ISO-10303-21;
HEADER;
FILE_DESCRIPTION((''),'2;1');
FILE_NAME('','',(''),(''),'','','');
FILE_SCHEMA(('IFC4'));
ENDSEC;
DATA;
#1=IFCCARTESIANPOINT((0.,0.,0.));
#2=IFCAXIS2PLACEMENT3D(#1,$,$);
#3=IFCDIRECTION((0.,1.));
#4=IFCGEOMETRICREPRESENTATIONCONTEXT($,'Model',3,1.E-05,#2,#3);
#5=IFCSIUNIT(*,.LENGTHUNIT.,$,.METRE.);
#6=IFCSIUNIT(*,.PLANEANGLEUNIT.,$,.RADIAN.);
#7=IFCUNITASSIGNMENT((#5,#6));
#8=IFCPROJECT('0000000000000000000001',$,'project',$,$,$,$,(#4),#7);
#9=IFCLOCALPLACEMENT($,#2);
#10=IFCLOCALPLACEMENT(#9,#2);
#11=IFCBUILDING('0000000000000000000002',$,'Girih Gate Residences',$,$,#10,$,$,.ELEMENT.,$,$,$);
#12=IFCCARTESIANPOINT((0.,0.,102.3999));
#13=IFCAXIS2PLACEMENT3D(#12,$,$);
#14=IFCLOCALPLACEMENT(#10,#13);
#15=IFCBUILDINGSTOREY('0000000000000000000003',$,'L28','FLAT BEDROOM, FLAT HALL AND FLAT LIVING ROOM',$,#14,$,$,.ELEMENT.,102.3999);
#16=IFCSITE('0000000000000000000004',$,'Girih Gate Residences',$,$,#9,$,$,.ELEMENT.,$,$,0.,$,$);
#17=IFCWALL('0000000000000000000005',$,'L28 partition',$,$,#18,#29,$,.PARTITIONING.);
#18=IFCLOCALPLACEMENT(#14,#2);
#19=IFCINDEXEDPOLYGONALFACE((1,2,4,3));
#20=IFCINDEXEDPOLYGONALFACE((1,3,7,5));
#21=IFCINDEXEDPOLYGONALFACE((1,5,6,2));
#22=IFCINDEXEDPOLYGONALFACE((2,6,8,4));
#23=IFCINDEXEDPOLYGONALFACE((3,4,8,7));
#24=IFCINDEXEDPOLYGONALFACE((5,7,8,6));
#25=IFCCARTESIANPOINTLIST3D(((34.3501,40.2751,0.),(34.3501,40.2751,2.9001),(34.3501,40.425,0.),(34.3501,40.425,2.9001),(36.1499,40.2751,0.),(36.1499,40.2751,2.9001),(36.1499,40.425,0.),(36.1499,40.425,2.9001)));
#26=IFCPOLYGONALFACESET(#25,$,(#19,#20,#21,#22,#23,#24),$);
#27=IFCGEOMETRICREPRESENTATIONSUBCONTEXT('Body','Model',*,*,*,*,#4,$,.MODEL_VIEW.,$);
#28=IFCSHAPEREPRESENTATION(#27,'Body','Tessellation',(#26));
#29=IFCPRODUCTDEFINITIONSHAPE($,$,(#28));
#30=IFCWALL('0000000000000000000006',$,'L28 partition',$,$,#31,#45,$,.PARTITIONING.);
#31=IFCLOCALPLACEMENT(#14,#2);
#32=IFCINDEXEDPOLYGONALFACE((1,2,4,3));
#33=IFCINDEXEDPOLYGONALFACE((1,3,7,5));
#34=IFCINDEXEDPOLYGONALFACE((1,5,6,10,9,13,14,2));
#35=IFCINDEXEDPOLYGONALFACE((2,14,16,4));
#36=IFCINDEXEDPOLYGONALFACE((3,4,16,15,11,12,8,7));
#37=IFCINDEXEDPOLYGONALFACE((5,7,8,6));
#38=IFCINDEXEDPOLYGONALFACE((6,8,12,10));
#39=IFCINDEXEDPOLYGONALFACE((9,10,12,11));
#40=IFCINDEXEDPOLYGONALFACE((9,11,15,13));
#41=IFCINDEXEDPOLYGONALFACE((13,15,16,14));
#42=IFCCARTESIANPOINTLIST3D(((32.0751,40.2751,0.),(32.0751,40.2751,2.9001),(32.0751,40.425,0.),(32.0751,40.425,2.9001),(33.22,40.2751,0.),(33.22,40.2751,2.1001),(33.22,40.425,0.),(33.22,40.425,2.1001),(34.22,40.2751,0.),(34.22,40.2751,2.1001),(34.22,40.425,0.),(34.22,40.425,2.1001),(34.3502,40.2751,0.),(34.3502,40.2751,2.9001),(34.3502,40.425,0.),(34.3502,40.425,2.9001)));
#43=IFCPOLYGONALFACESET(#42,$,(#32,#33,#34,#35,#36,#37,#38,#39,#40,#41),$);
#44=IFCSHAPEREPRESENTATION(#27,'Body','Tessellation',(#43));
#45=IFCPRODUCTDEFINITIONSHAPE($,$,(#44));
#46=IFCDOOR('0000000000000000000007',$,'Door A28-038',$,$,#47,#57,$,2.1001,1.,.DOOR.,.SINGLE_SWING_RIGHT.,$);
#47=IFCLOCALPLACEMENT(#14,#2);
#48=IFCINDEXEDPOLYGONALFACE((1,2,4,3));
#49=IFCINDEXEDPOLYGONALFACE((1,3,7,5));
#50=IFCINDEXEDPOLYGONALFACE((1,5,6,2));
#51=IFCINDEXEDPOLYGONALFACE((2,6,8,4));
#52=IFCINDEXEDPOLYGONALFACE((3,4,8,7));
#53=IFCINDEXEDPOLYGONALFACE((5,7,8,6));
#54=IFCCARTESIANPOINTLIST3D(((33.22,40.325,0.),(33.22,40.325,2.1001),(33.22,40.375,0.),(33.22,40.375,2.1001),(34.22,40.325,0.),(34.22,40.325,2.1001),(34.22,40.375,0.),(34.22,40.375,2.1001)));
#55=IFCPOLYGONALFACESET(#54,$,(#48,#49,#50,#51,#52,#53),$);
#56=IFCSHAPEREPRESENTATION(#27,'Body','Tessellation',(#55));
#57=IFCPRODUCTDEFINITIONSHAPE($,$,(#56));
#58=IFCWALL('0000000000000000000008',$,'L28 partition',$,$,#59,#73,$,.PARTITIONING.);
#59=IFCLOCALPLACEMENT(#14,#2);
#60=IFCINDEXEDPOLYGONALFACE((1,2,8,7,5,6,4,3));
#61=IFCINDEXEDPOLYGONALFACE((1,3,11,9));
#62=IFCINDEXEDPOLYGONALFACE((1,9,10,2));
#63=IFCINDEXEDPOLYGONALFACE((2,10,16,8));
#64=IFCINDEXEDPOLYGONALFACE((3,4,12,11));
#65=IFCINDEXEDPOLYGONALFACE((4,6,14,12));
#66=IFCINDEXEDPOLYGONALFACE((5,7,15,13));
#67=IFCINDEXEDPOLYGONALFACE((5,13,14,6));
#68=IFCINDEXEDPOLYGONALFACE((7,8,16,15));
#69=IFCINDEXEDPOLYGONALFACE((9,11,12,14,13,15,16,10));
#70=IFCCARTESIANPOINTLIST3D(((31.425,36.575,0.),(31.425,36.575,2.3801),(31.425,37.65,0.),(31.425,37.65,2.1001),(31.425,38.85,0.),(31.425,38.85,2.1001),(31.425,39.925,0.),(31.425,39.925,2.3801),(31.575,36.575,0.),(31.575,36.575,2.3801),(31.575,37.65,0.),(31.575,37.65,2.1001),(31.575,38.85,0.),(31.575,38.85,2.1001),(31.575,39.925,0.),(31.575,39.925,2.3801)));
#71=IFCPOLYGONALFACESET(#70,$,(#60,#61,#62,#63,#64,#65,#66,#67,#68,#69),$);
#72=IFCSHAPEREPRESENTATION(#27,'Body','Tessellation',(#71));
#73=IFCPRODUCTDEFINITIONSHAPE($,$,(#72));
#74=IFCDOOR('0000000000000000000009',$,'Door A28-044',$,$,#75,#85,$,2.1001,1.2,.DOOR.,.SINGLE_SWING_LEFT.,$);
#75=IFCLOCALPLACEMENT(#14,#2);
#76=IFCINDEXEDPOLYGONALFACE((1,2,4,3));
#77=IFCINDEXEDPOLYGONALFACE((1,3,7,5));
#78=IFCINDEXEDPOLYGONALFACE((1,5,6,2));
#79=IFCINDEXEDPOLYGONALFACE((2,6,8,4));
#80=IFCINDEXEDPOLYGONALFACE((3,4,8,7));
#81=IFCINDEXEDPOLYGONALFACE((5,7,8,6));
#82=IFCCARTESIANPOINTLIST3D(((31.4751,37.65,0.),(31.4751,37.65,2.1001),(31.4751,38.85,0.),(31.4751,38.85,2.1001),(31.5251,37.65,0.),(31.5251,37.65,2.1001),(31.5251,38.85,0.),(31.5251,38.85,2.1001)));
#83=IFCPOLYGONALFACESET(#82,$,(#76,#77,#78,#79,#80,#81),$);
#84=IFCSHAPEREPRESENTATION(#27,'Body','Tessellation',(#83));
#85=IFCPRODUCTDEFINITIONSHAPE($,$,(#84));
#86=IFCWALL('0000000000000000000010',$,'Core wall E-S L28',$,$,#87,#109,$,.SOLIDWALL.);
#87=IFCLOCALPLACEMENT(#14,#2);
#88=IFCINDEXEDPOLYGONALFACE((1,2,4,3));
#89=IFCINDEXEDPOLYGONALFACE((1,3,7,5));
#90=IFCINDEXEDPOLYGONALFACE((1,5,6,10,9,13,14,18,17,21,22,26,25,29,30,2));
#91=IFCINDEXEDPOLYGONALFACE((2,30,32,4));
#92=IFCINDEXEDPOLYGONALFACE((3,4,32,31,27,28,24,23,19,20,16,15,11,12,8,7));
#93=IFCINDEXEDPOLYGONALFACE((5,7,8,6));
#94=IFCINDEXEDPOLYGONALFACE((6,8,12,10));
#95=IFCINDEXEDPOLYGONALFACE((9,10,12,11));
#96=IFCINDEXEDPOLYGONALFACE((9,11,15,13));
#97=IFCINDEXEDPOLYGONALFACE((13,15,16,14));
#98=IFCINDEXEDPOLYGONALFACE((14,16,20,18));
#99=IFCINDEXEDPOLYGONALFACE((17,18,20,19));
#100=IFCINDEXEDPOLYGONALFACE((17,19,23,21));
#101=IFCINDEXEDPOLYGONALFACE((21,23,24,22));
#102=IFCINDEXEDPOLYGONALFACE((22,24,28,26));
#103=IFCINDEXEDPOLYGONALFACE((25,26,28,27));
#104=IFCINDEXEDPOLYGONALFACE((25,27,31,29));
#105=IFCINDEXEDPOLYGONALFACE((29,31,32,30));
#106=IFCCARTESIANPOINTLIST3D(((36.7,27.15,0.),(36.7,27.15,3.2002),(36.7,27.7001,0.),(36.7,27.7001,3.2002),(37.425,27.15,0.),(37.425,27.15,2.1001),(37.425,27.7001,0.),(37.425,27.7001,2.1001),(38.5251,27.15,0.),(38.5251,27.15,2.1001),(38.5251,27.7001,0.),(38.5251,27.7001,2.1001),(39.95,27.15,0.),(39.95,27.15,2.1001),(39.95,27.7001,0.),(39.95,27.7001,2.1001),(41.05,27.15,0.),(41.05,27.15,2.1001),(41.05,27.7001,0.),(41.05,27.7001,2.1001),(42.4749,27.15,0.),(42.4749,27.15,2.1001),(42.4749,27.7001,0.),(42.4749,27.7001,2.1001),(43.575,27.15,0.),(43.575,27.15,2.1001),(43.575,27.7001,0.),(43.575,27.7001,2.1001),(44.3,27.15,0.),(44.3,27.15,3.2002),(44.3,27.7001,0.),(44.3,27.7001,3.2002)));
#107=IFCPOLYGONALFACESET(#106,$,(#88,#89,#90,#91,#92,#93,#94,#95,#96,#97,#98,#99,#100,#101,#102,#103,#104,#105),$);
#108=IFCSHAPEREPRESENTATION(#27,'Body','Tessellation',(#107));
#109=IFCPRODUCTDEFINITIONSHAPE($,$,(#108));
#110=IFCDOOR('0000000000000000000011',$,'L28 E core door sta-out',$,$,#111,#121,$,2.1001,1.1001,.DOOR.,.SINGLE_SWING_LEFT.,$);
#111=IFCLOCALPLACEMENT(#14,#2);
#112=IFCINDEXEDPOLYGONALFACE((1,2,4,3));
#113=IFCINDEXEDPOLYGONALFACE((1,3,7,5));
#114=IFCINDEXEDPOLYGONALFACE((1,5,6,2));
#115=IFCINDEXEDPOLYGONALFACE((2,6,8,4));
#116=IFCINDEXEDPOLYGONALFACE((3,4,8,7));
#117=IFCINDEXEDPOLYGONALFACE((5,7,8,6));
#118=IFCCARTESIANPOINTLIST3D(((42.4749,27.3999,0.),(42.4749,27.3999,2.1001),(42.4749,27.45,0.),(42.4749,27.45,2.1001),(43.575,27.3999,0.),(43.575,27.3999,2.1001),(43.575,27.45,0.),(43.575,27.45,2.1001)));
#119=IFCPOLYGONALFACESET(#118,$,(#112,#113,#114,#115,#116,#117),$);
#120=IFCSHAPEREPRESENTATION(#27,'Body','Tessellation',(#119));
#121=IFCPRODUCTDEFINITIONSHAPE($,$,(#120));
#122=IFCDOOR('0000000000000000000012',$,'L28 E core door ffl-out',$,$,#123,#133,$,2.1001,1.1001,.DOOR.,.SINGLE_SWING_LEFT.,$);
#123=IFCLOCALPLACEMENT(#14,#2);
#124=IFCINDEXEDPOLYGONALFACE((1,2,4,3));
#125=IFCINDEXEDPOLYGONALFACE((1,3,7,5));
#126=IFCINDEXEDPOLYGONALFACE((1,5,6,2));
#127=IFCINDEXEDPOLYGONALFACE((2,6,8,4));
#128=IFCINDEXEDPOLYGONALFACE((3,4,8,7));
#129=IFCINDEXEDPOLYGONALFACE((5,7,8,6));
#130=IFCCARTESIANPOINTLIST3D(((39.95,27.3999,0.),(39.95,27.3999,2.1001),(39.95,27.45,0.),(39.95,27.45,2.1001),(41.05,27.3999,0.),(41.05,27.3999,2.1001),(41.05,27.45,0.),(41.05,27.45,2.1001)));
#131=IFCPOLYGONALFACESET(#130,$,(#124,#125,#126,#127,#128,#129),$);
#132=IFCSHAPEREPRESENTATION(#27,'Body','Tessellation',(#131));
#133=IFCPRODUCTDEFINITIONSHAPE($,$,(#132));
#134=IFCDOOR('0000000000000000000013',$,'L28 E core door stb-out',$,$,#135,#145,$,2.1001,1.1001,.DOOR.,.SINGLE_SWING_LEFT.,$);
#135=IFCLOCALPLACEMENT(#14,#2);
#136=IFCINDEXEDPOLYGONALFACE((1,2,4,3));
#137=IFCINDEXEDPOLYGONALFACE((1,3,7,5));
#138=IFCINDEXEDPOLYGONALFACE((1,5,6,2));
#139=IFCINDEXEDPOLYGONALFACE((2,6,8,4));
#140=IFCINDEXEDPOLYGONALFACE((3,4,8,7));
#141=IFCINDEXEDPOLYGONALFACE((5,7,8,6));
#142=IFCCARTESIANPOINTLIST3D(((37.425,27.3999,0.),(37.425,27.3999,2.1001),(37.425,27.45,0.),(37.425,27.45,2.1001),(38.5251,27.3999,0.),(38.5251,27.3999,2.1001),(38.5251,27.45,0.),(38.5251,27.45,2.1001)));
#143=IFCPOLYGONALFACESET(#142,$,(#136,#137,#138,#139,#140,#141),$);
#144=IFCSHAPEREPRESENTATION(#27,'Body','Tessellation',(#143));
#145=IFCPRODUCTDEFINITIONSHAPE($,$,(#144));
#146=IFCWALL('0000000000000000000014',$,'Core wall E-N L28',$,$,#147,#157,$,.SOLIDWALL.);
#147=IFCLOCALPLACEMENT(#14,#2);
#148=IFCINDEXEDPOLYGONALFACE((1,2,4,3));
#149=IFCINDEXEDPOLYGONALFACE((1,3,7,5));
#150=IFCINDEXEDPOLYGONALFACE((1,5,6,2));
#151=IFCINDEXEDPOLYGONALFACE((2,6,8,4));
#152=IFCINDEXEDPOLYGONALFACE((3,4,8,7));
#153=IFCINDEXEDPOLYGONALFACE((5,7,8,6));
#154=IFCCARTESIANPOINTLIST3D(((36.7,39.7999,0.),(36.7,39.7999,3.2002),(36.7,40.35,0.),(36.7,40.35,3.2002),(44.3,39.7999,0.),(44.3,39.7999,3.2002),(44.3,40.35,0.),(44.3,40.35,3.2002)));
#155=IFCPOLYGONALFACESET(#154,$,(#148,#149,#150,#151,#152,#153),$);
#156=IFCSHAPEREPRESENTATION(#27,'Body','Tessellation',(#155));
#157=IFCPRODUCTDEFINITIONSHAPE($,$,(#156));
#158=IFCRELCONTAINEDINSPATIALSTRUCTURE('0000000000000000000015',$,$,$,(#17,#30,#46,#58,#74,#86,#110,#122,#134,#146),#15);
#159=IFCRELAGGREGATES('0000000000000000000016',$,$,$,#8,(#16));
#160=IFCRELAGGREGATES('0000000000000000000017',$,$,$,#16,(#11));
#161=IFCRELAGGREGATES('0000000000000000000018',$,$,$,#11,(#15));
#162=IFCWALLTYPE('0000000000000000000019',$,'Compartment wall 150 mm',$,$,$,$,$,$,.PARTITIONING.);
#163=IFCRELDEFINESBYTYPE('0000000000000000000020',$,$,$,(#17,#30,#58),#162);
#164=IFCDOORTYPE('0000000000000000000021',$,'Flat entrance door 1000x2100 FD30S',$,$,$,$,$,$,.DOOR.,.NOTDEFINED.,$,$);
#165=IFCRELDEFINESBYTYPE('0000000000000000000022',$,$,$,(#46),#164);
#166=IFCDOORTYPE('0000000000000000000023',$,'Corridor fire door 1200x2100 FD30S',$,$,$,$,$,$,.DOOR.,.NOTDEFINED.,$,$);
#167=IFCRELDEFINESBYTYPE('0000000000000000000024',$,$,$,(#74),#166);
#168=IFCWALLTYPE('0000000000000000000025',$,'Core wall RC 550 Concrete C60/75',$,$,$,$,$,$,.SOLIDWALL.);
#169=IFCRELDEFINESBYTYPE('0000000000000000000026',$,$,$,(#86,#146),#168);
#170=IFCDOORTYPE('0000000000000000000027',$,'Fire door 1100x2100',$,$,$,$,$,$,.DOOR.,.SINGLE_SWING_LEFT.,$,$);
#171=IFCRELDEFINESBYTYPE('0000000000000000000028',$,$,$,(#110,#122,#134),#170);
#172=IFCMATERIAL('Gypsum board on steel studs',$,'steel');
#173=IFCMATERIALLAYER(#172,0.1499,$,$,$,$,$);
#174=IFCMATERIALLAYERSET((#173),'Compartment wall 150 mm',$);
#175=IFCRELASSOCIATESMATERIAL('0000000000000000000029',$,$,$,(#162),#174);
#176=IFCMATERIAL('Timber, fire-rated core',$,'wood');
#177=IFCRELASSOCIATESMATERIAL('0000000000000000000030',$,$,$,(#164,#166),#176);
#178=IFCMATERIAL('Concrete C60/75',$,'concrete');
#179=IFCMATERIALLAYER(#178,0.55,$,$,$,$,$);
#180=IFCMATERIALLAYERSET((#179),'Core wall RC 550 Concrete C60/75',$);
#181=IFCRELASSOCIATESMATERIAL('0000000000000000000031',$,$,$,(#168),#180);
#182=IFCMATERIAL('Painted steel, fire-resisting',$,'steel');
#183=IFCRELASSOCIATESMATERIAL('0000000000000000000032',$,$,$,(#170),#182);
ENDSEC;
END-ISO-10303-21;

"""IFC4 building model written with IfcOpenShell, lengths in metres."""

from ifc_helpers import new_model, si_unit, direction, frame, frame_2d, origin, place, context, subcontext, project, spatial, rectangle, extrude, material, layer, layer_set, type_object, element, fill, save


model = new_model("IFC4")

# Units and contexts
model_context = context("Model", 3, precision=1e-05, world=origin(), true_north=direction((0.0, 1.0)))
body_context = subcontext(model_context, "Body", "Model", "MODEL_VIEW")
ifc_project = project(units=[si_unit("LENGTHUNIT", "METRE"), si_unit("PLANEANGLEUNIT", "RADIAN")], contexts=[model_context])

# Site, building, storey
site_placement = place(None, origin())
site = spatial("IfcSite", under=ifc_project, at=site_placement, Name="Girih Gate Residences", CompositionType="ELEMENT", RefElevation=0.0)
building_placement = place(site_placement, origin())
building = spatial("IfcBuilding", under=site, at=building_placement, Name="Girih Gate Residences", CompositionType="ELEMENT")
storey_placement = place(building_placement, frame((0.0, 0.0, 102.3999)))
storey = spatial("IfcBuildingStorey", under=building, at=storey_placement, Name="L28", Description="FLAT BEDROOM, FLAT HALL AND FLAT LIVING ROOM", CompositionType="ELEMENT", Elevation=102.3999)

# Wall
ifc_material_1 = material(Name="Gypsum board on steel studs", Category="steel")
ifc_layer_1 = layer(ifc_material_1, 0.1499)
ifc_layer_set_1 = layer_set([ifc_layer_1], Name="Compartment wall 150 mm")
wall_type_1 = type_object("IfcWallType", Name="Compartment wall 150 mm", PredefinedType="PARTITIONING", material=ifc_layer_set_1)
wall_1_placement = place(storey_placement, frame((34.3501, 40.3501, 0.0), z_axis=(0.0, 0.0, 1.0), x_axis=(1.0, 0.0, 0.0)))
element("IfcWall", 1, at=wall_1_placement, inside=storey, type_object=wall_type_1, Name="L28 partition", PredefinedType="PARTITIONING", context=body_context, shape_type="SweptSolid", body=[
    extrude(rectangle(XDim=1.7998, YDim=0.1499, at=frame_2d((0.8999, 0.0))), origin(), (0.0, 0.0, 1.0), 2.9001),
])

# Walls, openings, doors
wall_2_placement = place(storey_placement, frame((32.075, 40.3501, 0.0), z_axis=(0.0, 0.0, 1.0), x_axis=(1.0, 0.0, 0.0)))
wall_2 = element("IfcWall", 2, at=wall_2_placement, inside=storey, type_object=wall_type_1, Name="L28 partition", PredefinedType="PARTITIONING", context=body_context, shape_type="SweptSolid", body=[
    extrude(rectangle(XDim=2.2751, YDim=0.1499, at=frame_2d((1.1377, 0.0))), origin(), (0.0, 0.0, 1.0), 2.9001),
])
opening_1_placement = place(wall_2_placement, frame((1.145, 0.0, 0.0)))
opening_1 = element("IfcOpeningElement", 3, at=opening_1_placement, cuts=wall_2, PredefinedType="OPENING", context=body_context, shape_type="SweptSolid", body=[
    extrude(rectangle(XDim=1.0, YDim=2.1001, at=frame_2d((0.5, 1.05))), frame((0.0, 0.085, 0.0), z_axis=(0.0, -1.0, 0.0), x_axis=(1.0, 0.0, 0.0)), (0.0, 0.0, 1.0), 0.1699),
])
ifc_material_2 = material(Name="Timber, fire-rated core", Category="wood")
door_type_1 = type_object("IfcDoorType", Name="Flat entrance door 1000x2100 FD30S", OperationType="NOTDEFINED", PredefinedType="DOOR", material=ifc_material_2)
door_1_placement = place(opening_1_placement, origin())
door_1 = element("IfcDoor", 4, at=door_1_placement, inside=storey, type_object=door_type_1, Name="Door A28-038", OperationType="SINGLE_SWING_RIGHT", OverallHeight=2.1001, OverallWidth=1.0, PredefinedType="DOOR", context=body_context, shape_type="SweptSolid", body=[
    extrude(rectangle(XDim=1.0, YDim=2.1001, at=frame_2d((0.5, 1.05))), frame((0.0, 0.0249, 0.0), z_axis=(0.0, -1.0, 0.0), x_axis=(1.0, 0.0, 0.0)), (0.0, 0.0, 1.0), 0.05),
])
fill(opening_1, door_1)
wall_3_placement = place(storey_placement, frame((31.5, 36.575, 0.0), z_axis=(0.0, 0.0, 1.0), x_axis=(0.0, 1.0, 0.0)))
wall_3 = element("IfcWall", 5, at=wall_3_placement, inside=storey, type_object=wall_type_1, Name="L28 partition", PredefinedType="PARTITIONING", context=body_context, shape_type="SweptSolid", body=[
    extrude(rectangle(XDim=3.3501, YDim=0.1499, at=frame_2d((1.675, 0.0))), origin(), (0.0, 0.0, 1.0), 2.3801),
])
opening_2_placement = place(wall_3_placement, frame((1.075, 0.0, 0.0)))
opening_2 = element("IfcOpeningElement", 6, at=opening_2_placement, cuts=wall_3, PredefinedType="OPENING", context=body_context, shape_type="SweptSolid", body=[
    extrude(rectangle(XDim=1.2, YDim=2.1001, at=frame_2d((0.6001, 1.05))), frame((0.0, 0.085, 0.0), z_axis=(0.0, -1.0, 0.0), x_axis=(1.0, 0.0, 0.0)), (0.0, 0.0, 1.0), 0.1699),
])
door_type_2 = type_object("IfcDoorType", Name="Corridor fire door 1200x2100 FD30S", OperationType="NOTDEFINED", PredefinedType="DOOR", material=ifc_material_2)
door_2_placement = place(opening_2_placement, origin())
door_2 = element("IfcDoor", 7, at=door_2_placement, inside=storey, type_object=door_type_2, Name="Door A28-044", OperationType="SINGLE_SWING_LEFT", OverallHeight=2.1001, OverallWidth=1.2, PredefinedType="DOOR", context=body_context, shape_type="SweptSolid", body=[
    extrude(rectangle(XDim=1.2, YDim=2.1001, at=frame_2d((0.6001, 1.05))), frame((0.0, 0.0249, 0.0), z_axis=(0.0, -1.0, 0.0), x_axis=(1.0, 0.0, 0.0)), (0.0, 0.0, 1.0), 0.05),
])
fill(opening_2, door_2)

# Wall, openings, doors
ifc_material_3 = material(Name="Concrete C60/75", Category="concrete")
ifc_layer_2 = layer(ifc_material_3, 0.55)
ifc_layer_set_2 = layer_set([ifc_layer_2], Name="Core wall RC 550 Concrete C60/75")
wall_type_2 = type_object("IfcWallType", Name="Core wall RC 550 Concrete C60/75", PredefinedType="SOLIDWALL", material=ifc_layer_set_2)
wall_4_placement = place(storey_placement, frame((36.7, 27.425, 0.0), z_axis=(0.0, 0.0, 1.0), x_axis=(1.0, 0.0, 0.0)))
wall_4 = element("IfcWall", 8, at=wall_4_placement, inside=storey, type_object=wall_type_2, Name="Core wall E-S L28", PredefinedType="SOLIDWALL", context=body_context, shape_type="SweptSolid", body=[
    extrude(rectangle(XDim=7.6001, YDim=0.55, at=frame_2d((3.8, 0.0))), origin(), (0.0, 0.0, 1.0), 3.2002),
])
opening_3_placement = place(wall_4_placement, frame((5.7749, 0.0, 0.0)))
opening_3 = element("IfcOpeningElement", 9, at=opening_3_placement, cuts=wall_4, PredefinedType="OPENING", context=body_context, shape_type="SweptSolid", body=[
    extrude(rectangle(XDim=1.1001, YDim=2.1001, at=frame_2d((0.55, 1.05))), frame((0.0, 0.2849, 0.0), z_axis=(0.0, -1.0, 0.0), x_axis=(1.0, 0.0, 0.0)), (0.0, 0.0, 1.0), 0.5701),
])
opening_4_placement = place(wall_4_placement, frame((3.25, 0.0, 0.0)))
opening_4 = element("IfcOpeningElement", 10, at=opening_4_placement, cuts=wall_4, PredefinedType="OPENING", context=body_context, shape_type="SweptSolid", body=[
    extrude(rectangle(XDim=1.1001, YDim=2.1001, at=frame_2d((0.55, 1.05))), frame((0.0, 0.2849, 0.0), z_axis=(0.0, -1.0, 0.0), x_axis=(1.0, 0.0, 0.0)), (0.0, 0.0, 1.0), 0.5701),
])
opening_5_placement = place(wall_4_placement, frame((0.7251, 0.0, 0.0)))
opening_5 = element("IfcOpeningElement", 11, at=opening_5_placement, cuts=wall_4, PredefinedType="OPENING", context=body_context, shape_type="SweptSolid", body=[
    extrude(rectangle(XDim=1.1001, YDim=2.1001, at=frame_2d((0.55, 1.05))), frame((0.0, 0.2849, 0.0), z_axis=(0.0, -1.0, 0.0), x_axis=(1.0, 0.0, 0.0)), (0.0, 0.0, 1.0), 0.5701),
])
ifc_material_4 = material(Name="Painted steel, fire-resisting", Category="steel")
door_type_3 = type_object("IfcDoorType", Name="Fire door 1100x2100", OperationType="SINGLE_SWING_LEFT", PredefinedType="DOOR", material=ifc_material_4)
door_3_placement = place(opening_3_placement, origin())
door_3 = element("IfcDoor", 12, at=door_3_placement, inside=storey, type_object=door_type_3, Name="L28 E core door sta-out", OperationType="SINGLE_SWING_LEFT", OverallHeight=2.1001, OverallWidth=1.1001, PredefinedType="DOOR", context=body_context, shape_type="SweptSolid", body=[
    extrude(rectangle(XDim=1.1001, YDim=2.1001, at=frame_2d((0.55, 1.05))), frame((0.0, 0.0249, 0.0), z_axis=(0.0, -1.0, 0.0), x_axis=(1.0, 0.0, 0.0)), (0.0, 0.0, 1.0), 0.05),
])
fill(opening_3, door_3)
door_4_placement = place(opening_4_placement, origin())
door_4 = element("IfcDoor", 13, at=door_4_placement, inside=storey, type_object=door_type_3, Name="L28 E core door ffl-out", OperationType="SINGLE_SWING_LEFT", OverallHeight=2.1001, OverallWidth=1.1001, PredefinedType="DOOR", context=body_context, shape_type="SweptSolid", body=[
    extrude(rectangle(XDim=1.1001, YDim=2.1001, at=frame_2d((0.55, 1.05))), frame((0.0, 0.0249, 0.0), z_axis=(0.0, -1.0, 0.0), x_axis=(1.0, 0.0, 0.0)), (0.0, 0.0, 1.0), 0.05),
])
fill(opening_4, door_4)
door_5_placement = place(opening_5_placement, origin())
door_5 = element("IfcDoor", 14, at=door_5_placement, inside=storey, type_object=door_type_3, Name="L28 E core door stb-out", OperationType="SINGLE_SWING_LEFT", OverallHeight=2.1001, OverallWidth=1.1001, PredefinedType="DOOR", context=body_context, shape_type="SweptSolid", body=[
    extrude(rectangle(XDim=1.1001, YDim=2.1001, at=frame_2d((0.55, 1.05))), frame((0.0, 0.0249, 0.0), z_axis=(0.0, -1.0, 0.0), x_axis=(1.0, 0.0, 0.0)), (0.0, 0.0, 1.0), 0.05),
])
fill(opening_5, door_5)

# Wall
wall_5_placement = place(storey_placement, frame((36.7, 40.075, 0.0), z_axis=(0.0, 0.0, 1.0), x_axis=(1.0, 0.0, 0.0)))
element("IfcWall", 15, at=wall_5_placement, inside=storey, type_object=wall_type_2, Name="Core wall E-N L28", PredefinedType="SOLIDWALL", context=body_context, shape_type="SweptSolid", body=[
    extrude(rectangle(XDim=7.6001, YDim=0.55, at=frame_2d((3.8, 0.0))), origin(), (0.0, 0.0, 1.0), 3.2002),
])

save(model, "model.ifc")
